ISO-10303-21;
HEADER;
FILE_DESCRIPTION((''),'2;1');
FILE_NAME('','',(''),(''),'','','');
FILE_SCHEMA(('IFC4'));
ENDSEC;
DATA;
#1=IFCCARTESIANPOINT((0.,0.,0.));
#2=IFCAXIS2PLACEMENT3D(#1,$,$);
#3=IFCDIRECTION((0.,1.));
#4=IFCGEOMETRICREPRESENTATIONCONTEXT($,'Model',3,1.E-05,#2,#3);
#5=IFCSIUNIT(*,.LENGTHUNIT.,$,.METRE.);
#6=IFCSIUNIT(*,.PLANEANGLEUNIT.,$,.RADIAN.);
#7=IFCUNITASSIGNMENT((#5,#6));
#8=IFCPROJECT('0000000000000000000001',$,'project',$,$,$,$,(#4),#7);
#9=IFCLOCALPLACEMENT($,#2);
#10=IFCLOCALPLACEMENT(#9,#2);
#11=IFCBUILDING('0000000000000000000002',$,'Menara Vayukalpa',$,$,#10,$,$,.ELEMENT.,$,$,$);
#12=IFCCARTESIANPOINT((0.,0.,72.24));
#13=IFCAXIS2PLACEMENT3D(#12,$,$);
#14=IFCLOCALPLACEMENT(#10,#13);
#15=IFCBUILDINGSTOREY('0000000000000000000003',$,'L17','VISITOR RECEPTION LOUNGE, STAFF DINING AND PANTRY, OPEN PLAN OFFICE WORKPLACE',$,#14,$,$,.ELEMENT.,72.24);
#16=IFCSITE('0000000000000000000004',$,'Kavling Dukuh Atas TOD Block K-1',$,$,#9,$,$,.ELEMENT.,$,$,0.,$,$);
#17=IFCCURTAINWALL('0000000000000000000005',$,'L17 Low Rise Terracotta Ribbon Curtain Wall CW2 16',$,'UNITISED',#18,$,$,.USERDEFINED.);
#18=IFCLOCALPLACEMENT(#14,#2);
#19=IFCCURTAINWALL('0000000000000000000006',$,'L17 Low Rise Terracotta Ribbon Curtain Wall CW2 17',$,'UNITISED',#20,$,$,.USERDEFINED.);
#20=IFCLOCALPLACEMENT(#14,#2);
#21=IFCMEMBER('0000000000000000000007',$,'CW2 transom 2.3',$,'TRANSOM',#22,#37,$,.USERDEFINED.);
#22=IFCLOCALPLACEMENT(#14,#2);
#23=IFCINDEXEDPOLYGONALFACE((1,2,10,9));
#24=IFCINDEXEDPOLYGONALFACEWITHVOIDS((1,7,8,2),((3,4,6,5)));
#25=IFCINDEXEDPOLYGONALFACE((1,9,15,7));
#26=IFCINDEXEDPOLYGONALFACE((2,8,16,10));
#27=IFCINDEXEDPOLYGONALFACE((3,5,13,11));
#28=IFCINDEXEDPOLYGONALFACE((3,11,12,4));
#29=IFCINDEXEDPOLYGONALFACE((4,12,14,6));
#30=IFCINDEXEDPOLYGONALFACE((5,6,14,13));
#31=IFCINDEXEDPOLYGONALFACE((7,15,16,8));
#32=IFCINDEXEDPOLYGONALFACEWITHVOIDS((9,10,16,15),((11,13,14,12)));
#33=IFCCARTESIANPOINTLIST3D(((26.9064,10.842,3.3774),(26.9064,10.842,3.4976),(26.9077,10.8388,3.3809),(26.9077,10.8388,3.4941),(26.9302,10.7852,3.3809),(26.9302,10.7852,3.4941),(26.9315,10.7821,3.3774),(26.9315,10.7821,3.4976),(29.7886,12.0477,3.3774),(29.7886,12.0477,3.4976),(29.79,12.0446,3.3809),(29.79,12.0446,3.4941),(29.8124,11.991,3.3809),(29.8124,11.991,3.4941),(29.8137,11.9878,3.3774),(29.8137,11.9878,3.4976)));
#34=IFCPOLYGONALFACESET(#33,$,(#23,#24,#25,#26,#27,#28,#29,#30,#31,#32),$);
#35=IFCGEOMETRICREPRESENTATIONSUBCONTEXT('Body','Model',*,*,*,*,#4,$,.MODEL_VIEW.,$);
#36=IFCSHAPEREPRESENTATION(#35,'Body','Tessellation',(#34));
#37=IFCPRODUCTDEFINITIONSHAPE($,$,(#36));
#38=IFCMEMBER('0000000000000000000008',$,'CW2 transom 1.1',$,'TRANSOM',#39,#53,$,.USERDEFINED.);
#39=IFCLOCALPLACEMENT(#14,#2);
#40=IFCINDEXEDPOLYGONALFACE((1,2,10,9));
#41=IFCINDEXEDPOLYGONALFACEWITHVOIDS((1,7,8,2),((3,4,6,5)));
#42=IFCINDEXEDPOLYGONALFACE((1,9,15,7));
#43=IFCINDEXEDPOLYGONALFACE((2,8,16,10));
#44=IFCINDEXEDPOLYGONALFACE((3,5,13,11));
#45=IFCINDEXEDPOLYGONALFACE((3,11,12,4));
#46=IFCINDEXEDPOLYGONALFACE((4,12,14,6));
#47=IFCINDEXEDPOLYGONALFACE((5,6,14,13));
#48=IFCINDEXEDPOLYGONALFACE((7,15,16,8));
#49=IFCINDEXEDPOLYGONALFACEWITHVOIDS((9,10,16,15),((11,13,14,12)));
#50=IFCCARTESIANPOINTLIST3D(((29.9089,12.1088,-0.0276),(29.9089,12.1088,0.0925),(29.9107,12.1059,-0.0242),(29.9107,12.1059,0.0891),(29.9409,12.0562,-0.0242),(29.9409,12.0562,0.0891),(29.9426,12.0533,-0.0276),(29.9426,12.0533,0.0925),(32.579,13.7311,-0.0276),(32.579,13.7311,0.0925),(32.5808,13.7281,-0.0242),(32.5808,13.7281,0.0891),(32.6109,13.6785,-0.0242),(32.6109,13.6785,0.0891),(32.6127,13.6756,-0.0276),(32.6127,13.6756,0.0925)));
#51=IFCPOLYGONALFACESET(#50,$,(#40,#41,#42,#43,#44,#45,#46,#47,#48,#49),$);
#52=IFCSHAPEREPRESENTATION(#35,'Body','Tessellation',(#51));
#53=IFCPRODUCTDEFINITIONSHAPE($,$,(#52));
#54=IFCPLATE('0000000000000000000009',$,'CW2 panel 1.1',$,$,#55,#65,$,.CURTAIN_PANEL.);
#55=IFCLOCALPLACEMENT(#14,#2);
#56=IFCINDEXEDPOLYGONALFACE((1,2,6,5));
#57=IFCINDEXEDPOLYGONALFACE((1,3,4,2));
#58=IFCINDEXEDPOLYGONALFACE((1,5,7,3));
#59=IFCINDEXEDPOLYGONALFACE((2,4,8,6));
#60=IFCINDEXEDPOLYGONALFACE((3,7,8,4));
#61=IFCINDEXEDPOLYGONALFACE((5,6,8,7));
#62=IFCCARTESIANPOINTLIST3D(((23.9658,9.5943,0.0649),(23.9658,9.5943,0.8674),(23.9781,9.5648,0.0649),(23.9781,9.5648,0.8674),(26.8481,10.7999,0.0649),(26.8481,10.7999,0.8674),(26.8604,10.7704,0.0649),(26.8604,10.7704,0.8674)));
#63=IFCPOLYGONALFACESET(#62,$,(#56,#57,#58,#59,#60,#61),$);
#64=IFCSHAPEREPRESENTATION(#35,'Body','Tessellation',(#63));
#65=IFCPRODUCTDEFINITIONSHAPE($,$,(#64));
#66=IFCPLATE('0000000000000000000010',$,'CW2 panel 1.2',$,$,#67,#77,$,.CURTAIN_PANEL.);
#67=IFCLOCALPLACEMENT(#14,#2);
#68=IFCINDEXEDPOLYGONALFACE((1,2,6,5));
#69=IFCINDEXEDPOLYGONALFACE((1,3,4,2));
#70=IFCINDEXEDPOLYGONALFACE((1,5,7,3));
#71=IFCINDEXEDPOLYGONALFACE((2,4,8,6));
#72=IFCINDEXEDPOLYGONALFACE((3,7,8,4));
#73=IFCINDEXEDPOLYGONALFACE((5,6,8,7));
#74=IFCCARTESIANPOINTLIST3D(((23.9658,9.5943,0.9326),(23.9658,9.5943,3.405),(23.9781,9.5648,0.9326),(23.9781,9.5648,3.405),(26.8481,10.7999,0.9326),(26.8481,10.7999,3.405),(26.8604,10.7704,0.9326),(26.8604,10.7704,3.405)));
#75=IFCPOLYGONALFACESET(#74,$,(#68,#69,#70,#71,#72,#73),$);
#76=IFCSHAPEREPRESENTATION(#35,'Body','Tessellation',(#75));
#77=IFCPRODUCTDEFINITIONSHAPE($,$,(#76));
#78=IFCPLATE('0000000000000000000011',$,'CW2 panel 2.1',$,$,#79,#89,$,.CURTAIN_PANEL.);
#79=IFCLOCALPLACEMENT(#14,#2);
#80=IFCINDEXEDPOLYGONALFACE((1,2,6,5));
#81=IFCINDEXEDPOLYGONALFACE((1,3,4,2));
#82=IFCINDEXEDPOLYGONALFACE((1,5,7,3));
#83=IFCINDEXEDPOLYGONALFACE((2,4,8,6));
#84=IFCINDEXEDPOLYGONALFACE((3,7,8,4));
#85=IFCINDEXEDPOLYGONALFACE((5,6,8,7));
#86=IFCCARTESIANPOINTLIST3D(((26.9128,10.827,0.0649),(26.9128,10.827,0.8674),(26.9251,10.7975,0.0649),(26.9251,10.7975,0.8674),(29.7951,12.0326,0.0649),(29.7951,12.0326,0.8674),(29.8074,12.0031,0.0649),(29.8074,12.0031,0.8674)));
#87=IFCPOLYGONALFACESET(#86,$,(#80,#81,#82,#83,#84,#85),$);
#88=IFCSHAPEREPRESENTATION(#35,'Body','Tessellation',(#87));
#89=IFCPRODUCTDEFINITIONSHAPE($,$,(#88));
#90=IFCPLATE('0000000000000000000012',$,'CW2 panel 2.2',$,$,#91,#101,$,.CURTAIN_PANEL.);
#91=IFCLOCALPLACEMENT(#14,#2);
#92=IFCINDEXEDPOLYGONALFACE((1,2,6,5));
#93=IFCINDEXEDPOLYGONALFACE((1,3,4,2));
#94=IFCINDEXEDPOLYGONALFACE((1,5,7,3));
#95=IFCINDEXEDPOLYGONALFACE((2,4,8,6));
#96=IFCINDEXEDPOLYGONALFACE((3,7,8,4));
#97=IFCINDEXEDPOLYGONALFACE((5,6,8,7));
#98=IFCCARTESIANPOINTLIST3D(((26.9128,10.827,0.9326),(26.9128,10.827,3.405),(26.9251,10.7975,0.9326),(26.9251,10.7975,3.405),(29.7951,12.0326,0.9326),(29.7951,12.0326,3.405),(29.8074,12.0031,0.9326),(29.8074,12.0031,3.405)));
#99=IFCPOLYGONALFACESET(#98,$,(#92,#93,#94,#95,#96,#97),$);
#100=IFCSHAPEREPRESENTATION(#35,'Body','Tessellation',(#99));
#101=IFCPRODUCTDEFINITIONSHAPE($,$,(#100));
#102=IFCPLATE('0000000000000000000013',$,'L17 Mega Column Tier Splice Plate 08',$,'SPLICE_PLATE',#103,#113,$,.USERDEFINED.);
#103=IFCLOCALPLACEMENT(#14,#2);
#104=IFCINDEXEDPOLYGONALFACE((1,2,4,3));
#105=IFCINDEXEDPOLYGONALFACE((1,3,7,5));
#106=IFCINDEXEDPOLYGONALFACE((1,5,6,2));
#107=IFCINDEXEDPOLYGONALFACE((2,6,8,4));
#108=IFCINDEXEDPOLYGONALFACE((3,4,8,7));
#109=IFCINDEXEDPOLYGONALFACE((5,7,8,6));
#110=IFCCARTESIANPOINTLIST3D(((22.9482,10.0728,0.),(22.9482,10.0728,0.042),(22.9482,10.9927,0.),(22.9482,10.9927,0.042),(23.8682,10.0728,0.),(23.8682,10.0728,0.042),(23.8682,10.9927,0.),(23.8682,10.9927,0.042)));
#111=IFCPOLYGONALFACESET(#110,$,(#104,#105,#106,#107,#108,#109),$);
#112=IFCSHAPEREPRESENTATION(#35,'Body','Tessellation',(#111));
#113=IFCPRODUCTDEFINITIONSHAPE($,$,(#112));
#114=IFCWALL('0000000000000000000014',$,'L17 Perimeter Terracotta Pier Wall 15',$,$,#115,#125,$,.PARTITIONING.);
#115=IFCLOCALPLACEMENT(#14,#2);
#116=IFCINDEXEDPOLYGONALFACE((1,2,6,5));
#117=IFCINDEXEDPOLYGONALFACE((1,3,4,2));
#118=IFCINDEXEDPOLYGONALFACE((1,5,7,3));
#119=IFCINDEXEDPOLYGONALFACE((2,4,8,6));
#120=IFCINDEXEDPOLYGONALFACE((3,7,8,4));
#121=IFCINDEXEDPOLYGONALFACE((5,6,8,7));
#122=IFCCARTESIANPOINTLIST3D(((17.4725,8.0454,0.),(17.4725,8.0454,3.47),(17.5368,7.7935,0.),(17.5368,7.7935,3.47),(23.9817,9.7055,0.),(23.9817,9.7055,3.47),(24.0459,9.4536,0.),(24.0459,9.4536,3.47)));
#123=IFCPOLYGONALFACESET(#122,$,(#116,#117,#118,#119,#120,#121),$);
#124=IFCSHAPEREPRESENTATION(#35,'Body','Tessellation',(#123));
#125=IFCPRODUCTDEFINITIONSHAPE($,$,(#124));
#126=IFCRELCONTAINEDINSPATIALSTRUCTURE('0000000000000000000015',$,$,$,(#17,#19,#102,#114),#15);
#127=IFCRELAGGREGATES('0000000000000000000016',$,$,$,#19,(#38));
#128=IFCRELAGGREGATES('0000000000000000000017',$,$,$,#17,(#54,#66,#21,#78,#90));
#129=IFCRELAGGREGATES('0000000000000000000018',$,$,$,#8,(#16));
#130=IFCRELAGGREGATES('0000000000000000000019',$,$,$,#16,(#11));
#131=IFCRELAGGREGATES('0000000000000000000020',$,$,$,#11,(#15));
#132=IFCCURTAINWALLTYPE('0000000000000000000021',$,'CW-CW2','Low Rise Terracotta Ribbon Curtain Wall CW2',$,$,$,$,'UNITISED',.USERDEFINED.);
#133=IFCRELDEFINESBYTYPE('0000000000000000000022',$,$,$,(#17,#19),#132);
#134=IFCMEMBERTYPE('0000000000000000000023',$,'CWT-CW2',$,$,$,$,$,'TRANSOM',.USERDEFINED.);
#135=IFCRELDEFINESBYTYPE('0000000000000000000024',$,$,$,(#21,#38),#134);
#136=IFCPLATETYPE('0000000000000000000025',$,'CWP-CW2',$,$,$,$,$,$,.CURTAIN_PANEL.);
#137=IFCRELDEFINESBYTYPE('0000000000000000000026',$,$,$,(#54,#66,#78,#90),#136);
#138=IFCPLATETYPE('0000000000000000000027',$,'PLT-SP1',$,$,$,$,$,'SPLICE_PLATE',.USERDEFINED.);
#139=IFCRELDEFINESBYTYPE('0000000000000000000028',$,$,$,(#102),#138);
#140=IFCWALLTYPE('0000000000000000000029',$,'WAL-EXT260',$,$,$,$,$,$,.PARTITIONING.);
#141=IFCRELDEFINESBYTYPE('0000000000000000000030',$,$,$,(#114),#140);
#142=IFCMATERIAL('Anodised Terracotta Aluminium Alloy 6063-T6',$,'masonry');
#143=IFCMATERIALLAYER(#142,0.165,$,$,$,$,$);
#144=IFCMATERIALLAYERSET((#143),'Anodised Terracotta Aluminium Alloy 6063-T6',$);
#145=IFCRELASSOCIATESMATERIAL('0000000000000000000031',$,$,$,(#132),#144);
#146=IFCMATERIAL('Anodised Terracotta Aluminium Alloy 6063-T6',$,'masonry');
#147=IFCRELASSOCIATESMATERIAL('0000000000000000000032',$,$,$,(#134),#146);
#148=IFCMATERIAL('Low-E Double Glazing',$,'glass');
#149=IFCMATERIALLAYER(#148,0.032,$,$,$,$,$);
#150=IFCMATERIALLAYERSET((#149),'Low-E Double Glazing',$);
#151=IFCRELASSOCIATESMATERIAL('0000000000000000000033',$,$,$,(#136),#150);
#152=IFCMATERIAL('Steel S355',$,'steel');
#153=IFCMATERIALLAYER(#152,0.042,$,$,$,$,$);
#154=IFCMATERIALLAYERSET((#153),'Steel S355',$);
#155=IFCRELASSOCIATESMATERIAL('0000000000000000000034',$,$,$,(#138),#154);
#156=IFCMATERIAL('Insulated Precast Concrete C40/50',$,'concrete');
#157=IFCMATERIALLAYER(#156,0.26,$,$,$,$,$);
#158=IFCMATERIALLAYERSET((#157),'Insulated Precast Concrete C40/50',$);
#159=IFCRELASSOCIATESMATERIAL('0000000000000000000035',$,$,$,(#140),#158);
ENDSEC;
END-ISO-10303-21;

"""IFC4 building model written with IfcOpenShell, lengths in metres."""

from ifc_helpers import new_model, si_unit, direction, frame, frame_2d, origin, origin_2d, place, context, subcontext, project, spatial, rectangle, hollow_rectangle, extrude, material, layer, layer_set, material_profile, profile_set, type_object, element, aggregate, save


model = new_model("IFC4")

# Units and contexts
model_context = context("Model", 3, precision=1e-05, world=origin(), true_north=direction((0.0, 1.0)))
body_context = subcontext(model_context, "Body", "Model", "MODEL_VIEW")
ifc_project = project(units=[si_unit("LENGTHUNIT", "METRE"), si_unit("PLANEANGLEUNIT", "RADIAN")], contexts=[model_context])

# Site, building, storey
site_placement = place(None, origin())
site = spatial("IfcSite", under=ifc_project, at=site_placement, Name="Kavling Dukuh Atas TOD Block K-1", CompositionType="ELEMENT", RefElevation=0.0)
building_placement = place(site_placement, origin())
building = spatial("IfcBuilding", under=site, at=building_placement, Name="Menara Vayukalpa", CompositionType="ELEMENT")
storey_placement = place(building_placement, frame((0.0, 0.0, 72.24)))
storey = spatial("IfcBuildingStorey", under=building, at=storey_placement, Name="L17", Description="VISITOR RECEPTION LOUNGE, STAFF DINING AND PANTRY, OPEN PLAN OFFICE WORKPLACE", CompositionType="ELEMENT", Elevation=72.24)

# Curtain wall
ifc_material_1 = material(Name="Anodised Terracotta Aluminium Alloy 6063-T6", Category="masonry")
ifc_layer_1 = layer(ifc_material_1, 0.165)
ifc_layer_set_1 = layer_set([ifc_layer_1], Name="Anodised Terracotta Aluminium Alloy 6063-T6")
curtain_wall_type = type_object("IfcCurtainWallType", Name="CW-CW2", Description="Low Rise Terracotta Ribbon Curtain Wall CW2", ElementType="UNITISED", PredefinedType="USERDEFINED", material=ifc_layer_set_1)
curtain_wall_1_placement = place(storey_placement, origin())
curtain_wall_1 = element("IfcCurtainWall", 1, at=curtain_wall_1_placement, inside=storey, type_object=curtain_wall_type, Name="L17 Low Rise Terracotta Ribbon Curtain Wall CW2 16", ObjectType="UNITISED", PredefinedType="USERDEFINED")

# Curtain wall
curtain_wall_2_placement = place(storey_placement, origin())
curtain_wall_2 = element("IfcCurtainWall", 2, at=curtain_wall_2_placement, inside=storey, type_object=curtain_wall_type, Name="L17 Low Rise Terracotta Ribbon Curtain Wall CW2 17", ObjectType="UNITISED", PredefinedType="USERDEFINED")

# Members
ifc_material_2 = material(Name="Anodised Terracotta Aluminium Alloy 6063-T6", Category="masonry")
ifc_material_profile_1 = material_profile(ifc_material_2, hollow_rectangle(XDim=0.0649, YDim=0.1201, WallThickness=0.0034, at=origin_2d()), Name="ALU 65x120x3.5")
ifc_profile_set_1 = profile_set([ifc_material_profile_1], Name="Anodised Terracotta Aluminium Alloy 6063-T6")
member_type_1 = type_object("IfcMemberType", Name="CWT-CW2", ElementType="TRANSOM", PredefinedType="USERDEFINED", material=ifc_profile_set_1)
member_1_placement = place(storey_placement, frame((26.9189, 10.812, 3.4375), z_axis=(0.922526, 0.385936, 0.0), x_axis=(-0.385936, 0.922526, 0.0)))
member_1 = element("IfcMember", 3, at=member_1_placement, type_object=member_type_1, Name="CW2 transom 2.3", ObjectType="TRANSOM", PredefinedType="USERDEFINED", context=body_context, shape_type="SweptSolid", body=[
    extrude(hollow_rectangle(XDim=0.0649, YDim=0.1201, WallThickness=0.0034, at=origin_2d()), origin(), (0.0, 0.0, 1.0), 3.1243),
])
member_2_placement = place(storey_placement, frame((29.9258, 12.0811, 0.0325), z_axis=(0.854625, 0.519245, 0.0), x_axis=(-0.519245, 0.854625, 0.0)))
member_2 = element("IfcMember", 4, at=member_2_placement, type_object=member_type_1, Name="CW2 transom 1.1", ObjectType="TRANSOM", PredefinedType="USERDEFINED", context=body_context, shape_type="SweptSolid", body=[
    extrude(hollow_rectangle(XDim=0.0649, YDim=0.1201, WallThickness=0.0034, at=origin_2d()), origin(), (0.0, 0.0, 1.0), 3.1243),
])
aggregate(curtain_wall_2, [member_2])

# Plates
ifc_material_3 = material(Name="Low-E Double Glazing", Category="glass")
ifc_layer_2 = layer(ifc_material_3, 0.032)
ifc_layer_set_2 = layer_set([ifc_layer_2], Name="Low-E Double Glazing")
plate_type_1 = type_object("IfcPlateType", Name="CWP-CW2", PredefinedType="CURTAIN_PANEL", material=ifc_layer_set_2)
plate_1_placement = place(storey_placement, frame((25.4131, 10.1824, 0.0649), z_axis=(0.0, 0.0, 1.0), x_axis=(0.922543, 0.385894, 0.0)))
plate_1 = element("IfcPlate", 5, at=plate_1_placement, type_object=plate_type_1, Name="CW2 panel 1.1", PredefinedType="CURTAIN_PANEL", context=body_context, shape_type="SweptSolid", body=[
    extrude(rectangle(XDim=3.1243, YDim=0.032, at=origin_2d()), origin(), (0.0, 0.0, 1.0), 0.8025),
])
plate_2_placement = place(storey_placement, frame((25.4131, 10.1824, 0.9326), z_axis=(0.0, 0.0, 1.0), x_axis=(0.922543, 0.385894, 0.0)))
plate_2 = element("IfcPlate", 6, at=plate_2_placement, type_object=plate_type_1, Name="CW2 panel 1.2", PredefinedType="CURTAIN_PANEL", context=body_context, shape_type="SweptSolid", body=[
    extrude(rectangle(XDim=3.1243, YDim=0.032, at=origin_2d()), origin(), (0.0, 0.0, 1.0), 2.4724),
])
plate_3_placement = place(storey_placement, frame((28.3601, 11.415, 0.0649), z_axis=(0.0, 0.0, 1.0), x_axis=(0.922543, 0.385894, 0.0)))
plate_3 = element("IfcPlate", 7, at=plate_3_placement, type_object=plate_type_1, Name="CW2 panel 2.1", PredefinedType="CURTAIN_PANEL", context=body_context, shape_type="SweptSolid", body=[
    extrude(rectangle(XDim=3.1243, YDim=0.032, at=origin_2d()), origin(), (0.0, 0.0, 1.0), 0.8025),
])
plate_4_placement = place(storey_placement, frame((28.3601, 11.415, 0.9326), z_axis=(0.0, 0.0, 1.0), x_axis=(0.922543, 0.385894, 0.0)))
plate_4 = element("IfcPlate", 8, at=plate_4_placement, type_object=plate_type_1, Name="CW2 panel 2.2", PredefinedType="CURTAIN_PANEL", context=body_context, shape_type="SweptSolid", body=[
    extrude(rectangle(XDim=3.1243, YDim=0.032, at=origin_2d()), origin(), (0.0, 0.0, 1.0), 2.4724),
])
aggregate(curtain_wall_1, [plate_1, plate_2, member_1, plate_3, plate_4])
ifc_material_4 = material(Name="Steel S355", Category="steel")
ifc_layer_3 = layer(ifc_material_4, 0.042)
ifc_layer_set_3 = layer_set([ifc_layer_3], Name="Steel S355")
plate_type_2 = type_object("IfcPlateType", Name="PLT-SP1", ElementType="SPLICE_PLATE", PredefinedType="USERDEFINED", material=ifc_layer_set_3)
plate_5_placement = place(storey_placement, frame((23.4082, 10.5327, 0.0), z_axis=(0.0, 0.0, 1.0), x_axis=(1.0, 0.0, 0.0)))
element("IfcPlate", 9, at=plate_5_placement, inside=storey, type_object=plate_type_2, Name="L17 Mega Column Tier Splice Plate 08", ObjectType="SPLICE_PLATE", PredefinedType="USERDEFINED", context=body_context, shape_type="SweptSolid", body=[
    extrude(rectangle(XDim=0.9199, YDim=0.9199, at=origin_2d()), origin(), (0.0, 0.0, 1.0), 0.042),
])

# Wall
ifc_material_5 = material(Name="Insulated Precast Concrete C40/50", Category="concrete")
ifc_layer_4 = layer(ifc_material_5, 0.26)
ifc_layer_set_4 = layer_set([ifc_layer_4], Name="Insulated Precast Concrete C40/50")
wall_type = type_object("IfcWallType", Name="WAL-EXT260", PredefinedType="PARTITIONING", material=ifc_layer_set_4)
wall_placement = place(storey_placement, frame((24.0139, 9.5796, 0.0), z_axis=(0.0, 0.0, 1.0), x_axis=(-0.968981, -0.247134, 0.0)))
element("IfcWall", 10, at=wall_placement, inside=storey, type_object=wall_type, Name="L17 Perimeter Terracotta Pier Wall 15", PredefinedType="PARTITIONING", context=body_context, shape_type="SweptSolid", body=[
    extrude(rectangle(XDim=6.7175, YDim=0.26, at=frame_2d((3.3589, 0.0))), origin(), (0.0, 0.0, 1.0), 3.47),
])

save(model, "model.ifc")
